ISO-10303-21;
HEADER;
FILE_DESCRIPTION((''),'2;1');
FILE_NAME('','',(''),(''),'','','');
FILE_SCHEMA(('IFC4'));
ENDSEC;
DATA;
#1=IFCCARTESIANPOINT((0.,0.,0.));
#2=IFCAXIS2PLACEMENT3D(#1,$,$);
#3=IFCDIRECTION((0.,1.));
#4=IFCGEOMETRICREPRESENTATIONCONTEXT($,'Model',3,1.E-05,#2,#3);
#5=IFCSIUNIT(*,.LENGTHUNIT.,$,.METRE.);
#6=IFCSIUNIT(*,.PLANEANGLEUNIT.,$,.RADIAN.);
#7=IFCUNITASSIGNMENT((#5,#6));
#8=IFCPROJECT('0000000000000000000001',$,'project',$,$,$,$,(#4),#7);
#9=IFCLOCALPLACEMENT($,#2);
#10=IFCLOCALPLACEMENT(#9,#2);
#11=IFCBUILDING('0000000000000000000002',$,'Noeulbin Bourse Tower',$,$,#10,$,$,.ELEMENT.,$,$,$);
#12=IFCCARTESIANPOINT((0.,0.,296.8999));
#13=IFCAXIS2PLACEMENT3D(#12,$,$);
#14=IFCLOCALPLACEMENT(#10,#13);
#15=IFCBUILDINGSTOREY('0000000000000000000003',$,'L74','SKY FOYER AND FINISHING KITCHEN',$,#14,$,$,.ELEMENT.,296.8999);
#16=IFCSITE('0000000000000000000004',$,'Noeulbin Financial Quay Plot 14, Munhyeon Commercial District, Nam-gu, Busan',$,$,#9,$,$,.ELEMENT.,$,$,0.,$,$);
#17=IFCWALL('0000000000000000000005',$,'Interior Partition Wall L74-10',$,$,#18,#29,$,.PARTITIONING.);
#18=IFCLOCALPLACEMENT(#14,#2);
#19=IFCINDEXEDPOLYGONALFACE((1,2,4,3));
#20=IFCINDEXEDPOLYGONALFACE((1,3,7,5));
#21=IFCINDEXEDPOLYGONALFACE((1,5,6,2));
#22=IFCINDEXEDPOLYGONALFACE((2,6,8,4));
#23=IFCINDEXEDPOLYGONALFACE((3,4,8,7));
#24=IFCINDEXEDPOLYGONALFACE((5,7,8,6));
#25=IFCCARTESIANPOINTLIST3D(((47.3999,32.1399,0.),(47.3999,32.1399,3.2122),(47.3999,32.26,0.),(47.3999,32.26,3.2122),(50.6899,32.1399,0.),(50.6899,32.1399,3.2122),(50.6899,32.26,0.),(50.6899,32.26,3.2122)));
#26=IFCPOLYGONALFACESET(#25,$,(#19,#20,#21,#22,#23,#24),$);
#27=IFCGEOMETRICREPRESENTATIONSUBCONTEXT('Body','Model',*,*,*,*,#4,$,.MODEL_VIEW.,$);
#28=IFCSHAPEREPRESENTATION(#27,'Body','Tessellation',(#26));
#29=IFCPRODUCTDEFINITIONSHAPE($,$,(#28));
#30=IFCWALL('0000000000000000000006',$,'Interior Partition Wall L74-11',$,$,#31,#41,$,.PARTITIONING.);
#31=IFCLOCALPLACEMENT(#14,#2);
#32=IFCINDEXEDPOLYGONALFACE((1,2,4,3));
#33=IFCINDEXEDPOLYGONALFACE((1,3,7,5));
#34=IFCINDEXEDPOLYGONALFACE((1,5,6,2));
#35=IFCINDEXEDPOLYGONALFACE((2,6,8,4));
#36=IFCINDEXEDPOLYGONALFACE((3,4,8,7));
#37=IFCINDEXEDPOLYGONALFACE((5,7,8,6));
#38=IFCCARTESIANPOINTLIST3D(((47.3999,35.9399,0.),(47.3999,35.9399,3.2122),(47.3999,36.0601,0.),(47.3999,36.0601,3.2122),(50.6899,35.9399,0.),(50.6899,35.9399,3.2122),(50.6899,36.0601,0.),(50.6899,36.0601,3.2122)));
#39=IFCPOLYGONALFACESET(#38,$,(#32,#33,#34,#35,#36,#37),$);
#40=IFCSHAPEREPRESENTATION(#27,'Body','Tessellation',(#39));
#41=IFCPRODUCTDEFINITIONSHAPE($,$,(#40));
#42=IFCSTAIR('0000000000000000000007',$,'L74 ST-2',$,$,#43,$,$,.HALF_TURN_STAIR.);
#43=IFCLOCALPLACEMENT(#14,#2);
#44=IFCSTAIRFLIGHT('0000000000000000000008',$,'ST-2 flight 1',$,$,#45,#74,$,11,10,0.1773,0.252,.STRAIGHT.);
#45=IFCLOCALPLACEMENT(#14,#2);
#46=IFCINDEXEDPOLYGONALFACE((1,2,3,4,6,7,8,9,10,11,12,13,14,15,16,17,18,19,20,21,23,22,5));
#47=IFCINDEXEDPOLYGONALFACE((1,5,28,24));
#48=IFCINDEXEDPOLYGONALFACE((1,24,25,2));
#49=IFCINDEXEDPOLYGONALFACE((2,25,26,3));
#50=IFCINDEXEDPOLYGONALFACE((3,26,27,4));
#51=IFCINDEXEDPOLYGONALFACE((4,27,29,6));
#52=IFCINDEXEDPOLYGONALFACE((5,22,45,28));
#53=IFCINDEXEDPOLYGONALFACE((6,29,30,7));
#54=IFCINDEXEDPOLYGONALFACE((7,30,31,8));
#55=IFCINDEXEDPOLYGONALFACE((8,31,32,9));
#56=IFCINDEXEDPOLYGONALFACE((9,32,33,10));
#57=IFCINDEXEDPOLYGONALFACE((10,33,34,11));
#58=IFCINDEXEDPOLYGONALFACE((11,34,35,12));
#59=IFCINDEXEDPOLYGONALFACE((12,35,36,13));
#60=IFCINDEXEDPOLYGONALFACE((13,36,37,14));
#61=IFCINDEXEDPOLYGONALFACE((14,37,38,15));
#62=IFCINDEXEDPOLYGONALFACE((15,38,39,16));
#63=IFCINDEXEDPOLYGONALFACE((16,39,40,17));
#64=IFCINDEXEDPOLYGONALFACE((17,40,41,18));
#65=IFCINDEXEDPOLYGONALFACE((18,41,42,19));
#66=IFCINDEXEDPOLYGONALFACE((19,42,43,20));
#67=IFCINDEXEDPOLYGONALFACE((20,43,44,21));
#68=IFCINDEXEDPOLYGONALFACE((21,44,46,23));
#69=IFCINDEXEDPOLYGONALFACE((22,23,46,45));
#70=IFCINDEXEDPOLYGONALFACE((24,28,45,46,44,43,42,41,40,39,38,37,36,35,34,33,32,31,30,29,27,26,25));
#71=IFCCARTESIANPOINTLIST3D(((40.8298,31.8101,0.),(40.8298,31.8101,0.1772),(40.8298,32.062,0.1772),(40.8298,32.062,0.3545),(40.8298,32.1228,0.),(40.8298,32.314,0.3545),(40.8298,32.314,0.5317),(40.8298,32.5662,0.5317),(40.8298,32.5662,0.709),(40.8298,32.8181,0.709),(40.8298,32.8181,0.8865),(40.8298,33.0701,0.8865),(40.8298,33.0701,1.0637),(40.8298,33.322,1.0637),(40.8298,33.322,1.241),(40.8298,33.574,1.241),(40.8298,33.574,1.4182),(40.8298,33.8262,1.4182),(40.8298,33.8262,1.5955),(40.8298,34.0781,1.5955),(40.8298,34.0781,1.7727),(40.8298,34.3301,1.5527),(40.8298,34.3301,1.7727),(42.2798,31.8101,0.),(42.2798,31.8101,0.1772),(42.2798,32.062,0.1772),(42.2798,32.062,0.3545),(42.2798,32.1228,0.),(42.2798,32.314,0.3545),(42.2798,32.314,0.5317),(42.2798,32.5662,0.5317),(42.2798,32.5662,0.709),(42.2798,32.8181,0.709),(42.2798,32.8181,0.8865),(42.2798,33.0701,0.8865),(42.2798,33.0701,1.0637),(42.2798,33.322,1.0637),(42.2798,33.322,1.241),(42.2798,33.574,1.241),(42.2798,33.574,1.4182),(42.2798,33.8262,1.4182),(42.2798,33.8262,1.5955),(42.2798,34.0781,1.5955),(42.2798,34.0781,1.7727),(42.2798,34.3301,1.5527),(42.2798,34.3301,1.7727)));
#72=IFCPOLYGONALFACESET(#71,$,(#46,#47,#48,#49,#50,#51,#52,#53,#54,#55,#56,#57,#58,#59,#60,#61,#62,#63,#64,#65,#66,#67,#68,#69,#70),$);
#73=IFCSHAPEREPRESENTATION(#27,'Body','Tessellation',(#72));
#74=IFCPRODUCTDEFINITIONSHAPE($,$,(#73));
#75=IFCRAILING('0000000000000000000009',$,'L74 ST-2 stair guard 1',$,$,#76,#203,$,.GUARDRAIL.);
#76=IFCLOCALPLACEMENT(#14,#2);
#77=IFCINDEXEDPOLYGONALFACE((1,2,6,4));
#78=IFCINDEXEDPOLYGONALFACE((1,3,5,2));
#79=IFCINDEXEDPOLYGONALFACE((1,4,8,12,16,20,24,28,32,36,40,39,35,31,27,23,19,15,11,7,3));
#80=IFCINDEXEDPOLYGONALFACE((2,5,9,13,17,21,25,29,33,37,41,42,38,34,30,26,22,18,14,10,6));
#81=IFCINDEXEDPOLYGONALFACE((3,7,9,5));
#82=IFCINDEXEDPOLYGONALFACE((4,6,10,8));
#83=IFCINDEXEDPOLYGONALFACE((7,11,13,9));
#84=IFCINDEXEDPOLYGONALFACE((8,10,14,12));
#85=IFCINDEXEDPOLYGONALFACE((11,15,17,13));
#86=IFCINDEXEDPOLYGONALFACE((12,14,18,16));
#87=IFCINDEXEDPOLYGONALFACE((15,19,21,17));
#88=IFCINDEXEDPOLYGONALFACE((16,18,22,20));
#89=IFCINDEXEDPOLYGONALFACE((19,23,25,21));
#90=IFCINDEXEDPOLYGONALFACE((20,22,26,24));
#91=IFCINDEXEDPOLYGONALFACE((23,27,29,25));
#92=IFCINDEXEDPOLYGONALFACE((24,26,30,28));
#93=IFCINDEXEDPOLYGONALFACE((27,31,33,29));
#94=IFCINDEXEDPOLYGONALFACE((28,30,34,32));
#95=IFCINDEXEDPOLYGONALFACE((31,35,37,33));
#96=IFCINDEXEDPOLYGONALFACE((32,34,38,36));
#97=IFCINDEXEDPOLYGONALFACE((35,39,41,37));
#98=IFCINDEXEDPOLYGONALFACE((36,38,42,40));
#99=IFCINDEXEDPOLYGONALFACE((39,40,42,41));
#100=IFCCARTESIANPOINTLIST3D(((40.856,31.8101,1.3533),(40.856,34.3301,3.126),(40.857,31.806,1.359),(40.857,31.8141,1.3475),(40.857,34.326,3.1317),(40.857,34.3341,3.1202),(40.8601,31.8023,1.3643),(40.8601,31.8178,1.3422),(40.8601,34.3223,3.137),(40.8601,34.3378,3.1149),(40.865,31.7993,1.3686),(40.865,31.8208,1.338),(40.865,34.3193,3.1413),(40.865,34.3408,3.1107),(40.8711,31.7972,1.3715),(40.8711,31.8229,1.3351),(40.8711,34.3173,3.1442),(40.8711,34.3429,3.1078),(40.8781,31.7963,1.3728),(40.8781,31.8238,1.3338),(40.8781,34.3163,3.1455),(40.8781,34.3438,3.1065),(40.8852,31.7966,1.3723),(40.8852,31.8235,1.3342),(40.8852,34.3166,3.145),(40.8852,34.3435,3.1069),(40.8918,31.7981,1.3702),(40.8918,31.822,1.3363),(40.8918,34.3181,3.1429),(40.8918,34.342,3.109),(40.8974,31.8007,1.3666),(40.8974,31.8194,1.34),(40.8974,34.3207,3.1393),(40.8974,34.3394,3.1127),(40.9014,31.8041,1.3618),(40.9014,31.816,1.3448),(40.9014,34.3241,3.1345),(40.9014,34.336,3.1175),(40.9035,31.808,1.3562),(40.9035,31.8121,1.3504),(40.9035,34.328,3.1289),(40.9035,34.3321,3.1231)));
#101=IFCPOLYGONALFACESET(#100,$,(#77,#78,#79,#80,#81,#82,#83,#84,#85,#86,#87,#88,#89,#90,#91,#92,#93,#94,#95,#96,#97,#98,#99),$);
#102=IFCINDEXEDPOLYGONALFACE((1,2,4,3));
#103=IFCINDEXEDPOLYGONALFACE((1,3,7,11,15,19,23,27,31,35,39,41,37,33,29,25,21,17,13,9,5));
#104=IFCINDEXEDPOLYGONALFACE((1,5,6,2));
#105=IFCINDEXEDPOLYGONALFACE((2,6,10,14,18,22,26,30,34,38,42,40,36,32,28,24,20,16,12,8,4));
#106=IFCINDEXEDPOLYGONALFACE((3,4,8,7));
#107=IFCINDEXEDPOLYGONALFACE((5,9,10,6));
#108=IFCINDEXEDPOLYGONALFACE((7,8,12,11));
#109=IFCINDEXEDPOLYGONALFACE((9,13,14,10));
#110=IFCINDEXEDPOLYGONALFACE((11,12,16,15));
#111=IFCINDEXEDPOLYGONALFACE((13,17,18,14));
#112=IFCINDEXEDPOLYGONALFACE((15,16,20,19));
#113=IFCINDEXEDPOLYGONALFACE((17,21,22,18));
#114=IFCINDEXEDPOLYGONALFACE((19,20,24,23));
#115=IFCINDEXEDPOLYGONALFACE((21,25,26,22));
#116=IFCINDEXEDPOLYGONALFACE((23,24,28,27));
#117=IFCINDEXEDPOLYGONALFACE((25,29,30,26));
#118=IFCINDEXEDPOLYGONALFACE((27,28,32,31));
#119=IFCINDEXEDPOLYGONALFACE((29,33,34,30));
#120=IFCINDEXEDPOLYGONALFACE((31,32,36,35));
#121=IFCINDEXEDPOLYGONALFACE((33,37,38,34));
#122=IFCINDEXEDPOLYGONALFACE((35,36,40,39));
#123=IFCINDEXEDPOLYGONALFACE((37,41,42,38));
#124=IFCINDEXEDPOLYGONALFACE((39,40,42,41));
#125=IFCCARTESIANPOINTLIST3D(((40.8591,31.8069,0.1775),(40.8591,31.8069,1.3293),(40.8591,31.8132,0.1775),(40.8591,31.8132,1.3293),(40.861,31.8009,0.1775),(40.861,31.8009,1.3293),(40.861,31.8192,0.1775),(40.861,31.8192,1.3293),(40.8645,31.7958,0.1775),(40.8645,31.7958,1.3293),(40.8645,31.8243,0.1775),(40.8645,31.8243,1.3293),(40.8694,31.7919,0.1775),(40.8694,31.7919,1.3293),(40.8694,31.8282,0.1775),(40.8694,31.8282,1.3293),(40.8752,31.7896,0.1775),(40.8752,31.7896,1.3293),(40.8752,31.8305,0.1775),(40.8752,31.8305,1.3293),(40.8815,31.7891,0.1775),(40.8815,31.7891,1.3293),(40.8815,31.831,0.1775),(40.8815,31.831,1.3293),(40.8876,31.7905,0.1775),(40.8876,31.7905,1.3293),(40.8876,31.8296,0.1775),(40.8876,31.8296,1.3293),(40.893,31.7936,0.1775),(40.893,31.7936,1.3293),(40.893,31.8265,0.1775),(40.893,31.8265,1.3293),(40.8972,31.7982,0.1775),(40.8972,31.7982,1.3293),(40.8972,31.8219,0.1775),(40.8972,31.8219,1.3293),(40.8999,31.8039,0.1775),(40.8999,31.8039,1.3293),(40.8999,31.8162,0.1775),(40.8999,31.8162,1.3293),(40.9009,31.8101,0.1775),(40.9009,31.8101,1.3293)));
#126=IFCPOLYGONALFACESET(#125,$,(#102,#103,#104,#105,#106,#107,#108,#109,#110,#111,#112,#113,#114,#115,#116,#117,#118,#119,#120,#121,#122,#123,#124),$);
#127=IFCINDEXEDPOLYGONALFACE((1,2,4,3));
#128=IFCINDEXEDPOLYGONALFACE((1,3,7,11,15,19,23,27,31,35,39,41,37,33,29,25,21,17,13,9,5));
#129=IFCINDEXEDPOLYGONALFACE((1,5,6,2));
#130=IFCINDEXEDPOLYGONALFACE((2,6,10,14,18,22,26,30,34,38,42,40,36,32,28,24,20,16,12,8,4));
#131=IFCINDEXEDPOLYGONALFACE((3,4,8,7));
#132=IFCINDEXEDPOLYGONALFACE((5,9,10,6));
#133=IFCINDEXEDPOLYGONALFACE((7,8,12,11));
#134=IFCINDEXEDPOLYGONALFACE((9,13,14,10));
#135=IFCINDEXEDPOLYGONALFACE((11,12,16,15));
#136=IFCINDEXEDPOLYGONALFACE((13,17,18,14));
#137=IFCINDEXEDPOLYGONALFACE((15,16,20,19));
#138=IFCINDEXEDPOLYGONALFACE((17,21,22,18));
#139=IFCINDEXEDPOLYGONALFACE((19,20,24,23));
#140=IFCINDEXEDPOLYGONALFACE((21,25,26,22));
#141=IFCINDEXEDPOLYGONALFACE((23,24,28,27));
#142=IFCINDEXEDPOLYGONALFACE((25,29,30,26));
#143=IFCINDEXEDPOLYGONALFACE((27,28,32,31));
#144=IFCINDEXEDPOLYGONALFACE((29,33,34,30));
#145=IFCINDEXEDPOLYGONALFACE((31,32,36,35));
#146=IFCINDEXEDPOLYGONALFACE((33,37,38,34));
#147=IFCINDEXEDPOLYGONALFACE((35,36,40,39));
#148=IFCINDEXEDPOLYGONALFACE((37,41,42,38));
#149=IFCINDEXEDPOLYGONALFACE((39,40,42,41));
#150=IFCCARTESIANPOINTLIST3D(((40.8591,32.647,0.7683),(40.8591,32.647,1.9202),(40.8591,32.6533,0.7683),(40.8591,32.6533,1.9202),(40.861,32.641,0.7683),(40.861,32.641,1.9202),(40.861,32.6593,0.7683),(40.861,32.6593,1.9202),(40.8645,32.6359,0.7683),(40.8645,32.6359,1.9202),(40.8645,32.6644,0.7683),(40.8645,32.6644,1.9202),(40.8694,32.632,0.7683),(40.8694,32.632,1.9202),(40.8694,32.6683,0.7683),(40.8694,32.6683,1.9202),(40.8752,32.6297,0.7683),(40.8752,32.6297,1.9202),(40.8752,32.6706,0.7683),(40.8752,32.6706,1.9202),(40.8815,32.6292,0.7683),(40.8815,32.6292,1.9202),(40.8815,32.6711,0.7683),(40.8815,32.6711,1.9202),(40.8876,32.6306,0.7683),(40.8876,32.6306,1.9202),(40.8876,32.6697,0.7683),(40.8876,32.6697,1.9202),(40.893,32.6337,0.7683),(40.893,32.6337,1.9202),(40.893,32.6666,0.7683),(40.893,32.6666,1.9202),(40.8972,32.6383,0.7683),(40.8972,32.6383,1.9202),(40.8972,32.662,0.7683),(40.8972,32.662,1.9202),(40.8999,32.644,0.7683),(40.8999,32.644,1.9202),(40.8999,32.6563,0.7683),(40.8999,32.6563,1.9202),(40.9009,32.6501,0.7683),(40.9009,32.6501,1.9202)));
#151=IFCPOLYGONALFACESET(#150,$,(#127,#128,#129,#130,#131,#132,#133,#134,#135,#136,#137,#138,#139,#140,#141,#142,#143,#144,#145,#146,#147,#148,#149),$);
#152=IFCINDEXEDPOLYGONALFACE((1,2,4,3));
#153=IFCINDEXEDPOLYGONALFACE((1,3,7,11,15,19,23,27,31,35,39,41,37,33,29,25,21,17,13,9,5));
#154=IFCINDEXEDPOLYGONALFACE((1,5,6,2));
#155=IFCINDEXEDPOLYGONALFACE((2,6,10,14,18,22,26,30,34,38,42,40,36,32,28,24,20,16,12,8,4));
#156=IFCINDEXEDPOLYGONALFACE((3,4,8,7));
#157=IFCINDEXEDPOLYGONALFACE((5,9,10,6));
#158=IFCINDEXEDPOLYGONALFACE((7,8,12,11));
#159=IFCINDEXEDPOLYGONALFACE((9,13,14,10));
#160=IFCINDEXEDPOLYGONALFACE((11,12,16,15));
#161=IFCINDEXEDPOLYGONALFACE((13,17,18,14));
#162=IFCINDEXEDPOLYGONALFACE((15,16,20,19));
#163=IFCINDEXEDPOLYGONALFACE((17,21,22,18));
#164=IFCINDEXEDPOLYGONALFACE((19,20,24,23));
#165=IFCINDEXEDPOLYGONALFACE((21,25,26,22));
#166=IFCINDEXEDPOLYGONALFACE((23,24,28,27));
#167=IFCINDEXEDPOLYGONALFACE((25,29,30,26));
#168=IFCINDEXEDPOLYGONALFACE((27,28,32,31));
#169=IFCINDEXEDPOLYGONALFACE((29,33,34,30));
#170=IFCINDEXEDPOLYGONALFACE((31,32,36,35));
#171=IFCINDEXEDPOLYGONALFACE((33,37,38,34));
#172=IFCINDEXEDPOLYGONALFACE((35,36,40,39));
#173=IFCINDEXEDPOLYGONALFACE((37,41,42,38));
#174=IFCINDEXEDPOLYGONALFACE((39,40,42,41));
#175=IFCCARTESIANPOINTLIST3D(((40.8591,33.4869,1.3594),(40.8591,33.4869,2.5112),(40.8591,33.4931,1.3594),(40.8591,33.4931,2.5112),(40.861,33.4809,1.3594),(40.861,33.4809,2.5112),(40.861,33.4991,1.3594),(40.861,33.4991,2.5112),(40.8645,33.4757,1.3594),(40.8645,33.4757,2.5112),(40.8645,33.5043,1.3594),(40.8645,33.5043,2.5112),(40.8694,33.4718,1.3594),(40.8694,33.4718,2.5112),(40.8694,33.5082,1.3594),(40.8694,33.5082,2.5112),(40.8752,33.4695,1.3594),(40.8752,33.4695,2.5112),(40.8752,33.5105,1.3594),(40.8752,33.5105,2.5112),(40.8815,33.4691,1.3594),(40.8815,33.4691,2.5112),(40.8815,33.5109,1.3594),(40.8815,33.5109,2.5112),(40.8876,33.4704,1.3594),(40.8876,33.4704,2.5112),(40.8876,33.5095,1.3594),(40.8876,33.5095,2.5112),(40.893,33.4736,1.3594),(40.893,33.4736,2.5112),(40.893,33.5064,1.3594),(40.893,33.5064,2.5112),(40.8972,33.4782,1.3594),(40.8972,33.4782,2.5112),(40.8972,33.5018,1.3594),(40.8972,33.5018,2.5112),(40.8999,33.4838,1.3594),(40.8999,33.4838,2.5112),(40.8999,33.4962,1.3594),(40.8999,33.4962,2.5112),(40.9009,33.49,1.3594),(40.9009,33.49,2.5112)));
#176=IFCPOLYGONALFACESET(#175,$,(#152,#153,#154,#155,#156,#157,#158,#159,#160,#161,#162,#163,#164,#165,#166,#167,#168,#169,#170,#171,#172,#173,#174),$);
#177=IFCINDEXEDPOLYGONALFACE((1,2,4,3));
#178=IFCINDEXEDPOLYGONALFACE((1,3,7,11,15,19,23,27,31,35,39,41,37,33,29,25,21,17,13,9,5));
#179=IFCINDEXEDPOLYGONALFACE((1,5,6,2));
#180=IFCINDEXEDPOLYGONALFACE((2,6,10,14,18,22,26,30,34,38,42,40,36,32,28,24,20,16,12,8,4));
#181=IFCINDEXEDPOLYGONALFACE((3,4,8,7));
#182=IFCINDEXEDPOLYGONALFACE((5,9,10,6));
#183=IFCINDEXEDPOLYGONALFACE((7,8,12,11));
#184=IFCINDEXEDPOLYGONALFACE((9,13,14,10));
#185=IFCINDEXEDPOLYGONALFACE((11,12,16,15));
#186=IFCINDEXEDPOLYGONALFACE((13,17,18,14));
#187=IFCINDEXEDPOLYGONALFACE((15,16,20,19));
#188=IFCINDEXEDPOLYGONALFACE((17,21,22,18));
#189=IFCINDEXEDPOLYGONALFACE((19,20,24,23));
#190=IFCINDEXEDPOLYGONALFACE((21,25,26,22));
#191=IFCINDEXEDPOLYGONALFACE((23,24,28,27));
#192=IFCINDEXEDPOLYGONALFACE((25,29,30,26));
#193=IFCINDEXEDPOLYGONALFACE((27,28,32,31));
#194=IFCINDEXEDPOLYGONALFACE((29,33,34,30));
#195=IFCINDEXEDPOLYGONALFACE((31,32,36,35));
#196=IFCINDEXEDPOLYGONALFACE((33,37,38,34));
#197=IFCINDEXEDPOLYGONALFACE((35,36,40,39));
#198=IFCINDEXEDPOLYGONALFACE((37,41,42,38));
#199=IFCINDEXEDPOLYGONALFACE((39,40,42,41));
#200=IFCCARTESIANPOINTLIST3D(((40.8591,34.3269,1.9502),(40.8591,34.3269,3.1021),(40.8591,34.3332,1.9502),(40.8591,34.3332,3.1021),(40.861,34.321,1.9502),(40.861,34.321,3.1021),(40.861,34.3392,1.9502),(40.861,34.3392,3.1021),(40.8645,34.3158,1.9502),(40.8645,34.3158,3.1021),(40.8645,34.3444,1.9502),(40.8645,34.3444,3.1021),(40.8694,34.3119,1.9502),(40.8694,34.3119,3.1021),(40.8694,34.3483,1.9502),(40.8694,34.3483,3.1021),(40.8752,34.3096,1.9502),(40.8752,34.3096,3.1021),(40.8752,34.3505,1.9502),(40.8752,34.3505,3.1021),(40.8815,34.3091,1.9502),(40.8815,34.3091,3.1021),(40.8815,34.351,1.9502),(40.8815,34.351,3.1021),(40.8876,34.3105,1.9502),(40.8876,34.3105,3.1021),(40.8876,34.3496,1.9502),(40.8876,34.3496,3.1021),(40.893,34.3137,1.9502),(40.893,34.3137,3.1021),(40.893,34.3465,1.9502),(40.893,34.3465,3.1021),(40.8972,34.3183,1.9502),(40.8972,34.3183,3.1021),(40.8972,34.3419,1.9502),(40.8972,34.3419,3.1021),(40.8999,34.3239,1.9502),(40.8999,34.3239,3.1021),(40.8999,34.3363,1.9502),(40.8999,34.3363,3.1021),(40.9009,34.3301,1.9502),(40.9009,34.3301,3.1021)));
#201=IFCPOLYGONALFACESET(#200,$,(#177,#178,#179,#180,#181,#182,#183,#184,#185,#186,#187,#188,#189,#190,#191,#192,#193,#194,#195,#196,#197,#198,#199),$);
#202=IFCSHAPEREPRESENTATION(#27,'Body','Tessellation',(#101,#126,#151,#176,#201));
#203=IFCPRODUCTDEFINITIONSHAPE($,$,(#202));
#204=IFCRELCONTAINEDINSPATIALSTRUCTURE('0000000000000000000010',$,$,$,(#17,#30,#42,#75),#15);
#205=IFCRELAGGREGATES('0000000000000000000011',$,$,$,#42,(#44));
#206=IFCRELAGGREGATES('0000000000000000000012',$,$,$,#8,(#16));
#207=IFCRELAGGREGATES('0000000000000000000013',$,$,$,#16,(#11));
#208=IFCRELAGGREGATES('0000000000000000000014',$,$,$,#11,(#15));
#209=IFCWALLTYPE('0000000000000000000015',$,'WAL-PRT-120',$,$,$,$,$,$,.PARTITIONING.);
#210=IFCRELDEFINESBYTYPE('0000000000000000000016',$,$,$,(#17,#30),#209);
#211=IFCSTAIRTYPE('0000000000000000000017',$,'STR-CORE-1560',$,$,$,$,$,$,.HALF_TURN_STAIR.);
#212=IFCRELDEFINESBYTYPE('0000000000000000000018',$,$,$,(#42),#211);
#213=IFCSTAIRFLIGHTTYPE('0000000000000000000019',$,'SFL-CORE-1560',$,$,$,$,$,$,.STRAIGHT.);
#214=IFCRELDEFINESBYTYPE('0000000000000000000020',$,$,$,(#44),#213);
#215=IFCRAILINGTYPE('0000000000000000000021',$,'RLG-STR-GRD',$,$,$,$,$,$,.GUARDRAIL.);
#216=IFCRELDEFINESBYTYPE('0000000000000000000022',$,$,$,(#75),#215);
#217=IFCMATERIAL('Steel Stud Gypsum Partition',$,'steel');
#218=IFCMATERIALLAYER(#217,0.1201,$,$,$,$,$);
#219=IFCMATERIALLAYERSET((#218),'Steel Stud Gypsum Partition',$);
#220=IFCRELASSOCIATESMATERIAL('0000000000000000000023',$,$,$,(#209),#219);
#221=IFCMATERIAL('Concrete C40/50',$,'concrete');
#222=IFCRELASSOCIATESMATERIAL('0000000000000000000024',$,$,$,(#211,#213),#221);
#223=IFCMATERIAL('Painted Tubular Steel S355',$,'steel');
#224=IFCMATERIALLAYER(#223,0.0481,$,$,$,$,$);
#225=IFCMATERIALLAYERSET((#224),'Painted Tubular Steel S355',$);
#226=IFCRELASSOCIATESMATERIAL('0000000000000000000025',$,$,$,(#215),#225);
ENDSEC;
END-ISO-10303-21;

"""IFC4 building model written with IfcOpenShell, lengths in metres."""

from ifc_helpers import new_model, si_unit, direction, frame, frame_2d, origin, origin_2d, place, context, subcontext, project, spatial, polyline, rectangle, circle, outline, extrude, material, layer, layer_set, type_object, element, aggregate, save


model = new_model("IFC4")

# Units and contexts
model_context = context("Model", 3, precision=1e-05, world=origin(), true_north=direction((0.0, 1.0)))
body_context = subcontext(model_context, "Body", "Model", "MODEL_VIEW")
ifc_project = project(units=[si_unit("LENGTHUNIT", "METRE"), si_unit("PLANEANGLEUNIT", "RADIAN")], contexts=[model_context])

# Site, building, storey
site_placement = place(None, origin())
site = spatial("IfcSite", under=ifc_project, at=site_placement, Name="Noeulbin Financial Quay Plot 14, Munhyeon Commercial District, Nam-gu, Busan", CompositionType="ELEMENT", RefElevation=0.0)
building_placement = place(site_placement, origin())
building = spatial("IfcBuilding", under=site, at=building_placement, Name="Noeulbin Bourse Tower", CompositionType="ELEMENT")
storey_placement = place(building_placement, frame((0.0, 0.0, 296.8999)))
storey = spatial("IfcBuildingStorey", under=building, at=storey_placement, Name="L74", Description="SKY FOYER AND FINISHING KITCHEN", CompositionType="ELEMENT", Elevation=296.8999)

# Walls
ifc_material_1 = material(Name="Concrete C40/50", Category="concrete")
ifc_material_2 = material(Name="Steel Stud Gypsum Partition", Category="steel")
ifc_layer_1 = layer(ifc_material_2, 0.1201)
ifc_layer_set_1 = layer_set([ifc_layer_1], Name="Steel Stud Gypsum Partition")
wall_type_1 = type_object("IfcWallType", Name="WAL-PRT-120", PredefinedType="PARTITIONING", material=ifc_layer_set_1)
for number, where, z_axis, x_axis, name in (
    (1, (47.3999, 32.2, 0.0), (0.0, 0.0, 1.0), (1.0, 0.0, 0.0), "Interior Partition Wall L74-10"),
    (2, (47.3999, 36.0, 0.0), (0.0, 0.0, 1.0), (1.0, 0.0, 0.0), "Interior Partition Wall L74-11"),
):
    element("IfcWall", number, at=place(storey_placement, frame(where, z_axis=z_axis, x_axis=x_axis)), inside=storey, type_object=wall_type_1, Name=name, PredefinedType="PARTITIONING", context=body_context, shape_type="SweptSolid", body=[
        extrude(rectangle(XDim=3.29, YDim=0.1201, at=frame_2d((1.645, 0.0))), origin(), (0.0, 0.0, 1.0), 3.2122),
    ])

# Stair, stair flight
stair_type = type_object("IfcStairType", Name="STR-CORE-1560", PredefinedType="HALF_TURN_STAIR", material=ifc_material_1)
stair_placement = place(storey_placement, origin())
stair = element("IfcStair", 3, at=stair_placement, inside=storey, type_object=stair_type, Name="L74 ST-2", PredefinedType="HALF_TURN_STAIR")
stair_flight_type = type_object("IfcStairFlightType", Name="SFL-CORE-1560", PredefinedType="STRAIGHT", material=ifc_material_1)
stair_flight_placement = place(storey_placement, frame((41.5549, 31.8101, 0.0), z_axis=(0.0, 0.0, 1.0), x_axis=(0.0, 1.0, 0.0)))
stair_flight = element("IfcStairFlight", 4, at=stair_flight_placement, type_object=stair_flight_type, Name="ST-2 flight 1", NumberOfRisers=11, NumberOfTreads=10, PredefinedType="STRAIGHT", RiserHeight=0.1773, TreadLength=0.252, context=body_context, shape_type="SweptSolid", body=[
    extrude(outline(polyline([(0.0, 0.0), (0.0, 0.1772), (0.252, 0.1772), (0.252, 0.3545), (0.5039, 0.3545), (0.5039, 0.5317), (0.7561, 0.5317), (0.7561, 0.709), (1.0081, 0.709), (1.0081, 0.8865), (1.26, 0.8865), (1.26, 1.0637), (1.512, 1.0637), (1.512, 1.241), (1.7639, 1.241), (1.7639, 1.4182), (2.0161, 1.4182), (2.0161, 1.5955), (2.2681, 1.5955), (2.2681, 1.7727), (2.52, 1.7727), (2.52, 1.95), (2.52, 1.5527), (0.3127, 0.0), (0.0, 0.0)])), frame((0.0, 0.7251, 0.0), z_axis=(0.0, -1.0, 0.0), x_axis=(1.0, 0.0, 0.0)), (0.0, 0.0, 1.0), 1.45),
])
aggregate(stair, [stair_flight])

# Railing
ifc_material_3 = material(Name="Painted Tubular Steel S355", Category="steel")
ifc_layer_2 = layer(ifc_material_3, 0.0481)
ifc_layer_set_2 = layer_set([ifc_layer_2], Name="Painted Tubular Steel S355")
railing_type_1 = type_object("IfcRailingType", Name="RLG-STR-GRD", PredefinedType="GUARDRAIL", material=ifc_layer_set_2)
railing_1_placement = place(storey_placement, frame((40.8799, 31.8101, 0.1775)))
element("IfcRailing", 5, at=railing_1_placement, inside=storey, type_object=railing_type_1, Name="L74 ST-2 stair guard 1", PredefinedType="GUARDRAIL", context=body_context, shape_type="SweptSolid", body=[
    extrude(circle(Radius=0.0239, at=origin_2d()), frame((0.0, 0.0, 1.1758), z_axis=(0.0, 0.817904, 0.575354), x_axis=(-1.0, 0.0, 0.0)), (0.0, 0.0, 1.0), 3.0811),
    extrude(circle(Radius=0.021, at=origin_2d()), origin(), (0.0, 0.0, 1.0), 1.1519),
    extrude(circle(Radius=0.021, at=origin_2d()), frame((0.0, 0.8401, 0.5908)), (0.0, 0.0, 1.0), 1.1519),
    extrude(circle(Radius=0.021, at=origin_2d()), frame((0.0, 1.6799, 1.1819)), (0.0, 0.0, 1.0), 1.1519),
    extrude(circle(Radius=0.021, at=origin_2d()), frame((0.0, 2.52, 1.7727)), (0.0, 0.0, 1.0), 1.1519),
])

save(model, "model.ifc")
